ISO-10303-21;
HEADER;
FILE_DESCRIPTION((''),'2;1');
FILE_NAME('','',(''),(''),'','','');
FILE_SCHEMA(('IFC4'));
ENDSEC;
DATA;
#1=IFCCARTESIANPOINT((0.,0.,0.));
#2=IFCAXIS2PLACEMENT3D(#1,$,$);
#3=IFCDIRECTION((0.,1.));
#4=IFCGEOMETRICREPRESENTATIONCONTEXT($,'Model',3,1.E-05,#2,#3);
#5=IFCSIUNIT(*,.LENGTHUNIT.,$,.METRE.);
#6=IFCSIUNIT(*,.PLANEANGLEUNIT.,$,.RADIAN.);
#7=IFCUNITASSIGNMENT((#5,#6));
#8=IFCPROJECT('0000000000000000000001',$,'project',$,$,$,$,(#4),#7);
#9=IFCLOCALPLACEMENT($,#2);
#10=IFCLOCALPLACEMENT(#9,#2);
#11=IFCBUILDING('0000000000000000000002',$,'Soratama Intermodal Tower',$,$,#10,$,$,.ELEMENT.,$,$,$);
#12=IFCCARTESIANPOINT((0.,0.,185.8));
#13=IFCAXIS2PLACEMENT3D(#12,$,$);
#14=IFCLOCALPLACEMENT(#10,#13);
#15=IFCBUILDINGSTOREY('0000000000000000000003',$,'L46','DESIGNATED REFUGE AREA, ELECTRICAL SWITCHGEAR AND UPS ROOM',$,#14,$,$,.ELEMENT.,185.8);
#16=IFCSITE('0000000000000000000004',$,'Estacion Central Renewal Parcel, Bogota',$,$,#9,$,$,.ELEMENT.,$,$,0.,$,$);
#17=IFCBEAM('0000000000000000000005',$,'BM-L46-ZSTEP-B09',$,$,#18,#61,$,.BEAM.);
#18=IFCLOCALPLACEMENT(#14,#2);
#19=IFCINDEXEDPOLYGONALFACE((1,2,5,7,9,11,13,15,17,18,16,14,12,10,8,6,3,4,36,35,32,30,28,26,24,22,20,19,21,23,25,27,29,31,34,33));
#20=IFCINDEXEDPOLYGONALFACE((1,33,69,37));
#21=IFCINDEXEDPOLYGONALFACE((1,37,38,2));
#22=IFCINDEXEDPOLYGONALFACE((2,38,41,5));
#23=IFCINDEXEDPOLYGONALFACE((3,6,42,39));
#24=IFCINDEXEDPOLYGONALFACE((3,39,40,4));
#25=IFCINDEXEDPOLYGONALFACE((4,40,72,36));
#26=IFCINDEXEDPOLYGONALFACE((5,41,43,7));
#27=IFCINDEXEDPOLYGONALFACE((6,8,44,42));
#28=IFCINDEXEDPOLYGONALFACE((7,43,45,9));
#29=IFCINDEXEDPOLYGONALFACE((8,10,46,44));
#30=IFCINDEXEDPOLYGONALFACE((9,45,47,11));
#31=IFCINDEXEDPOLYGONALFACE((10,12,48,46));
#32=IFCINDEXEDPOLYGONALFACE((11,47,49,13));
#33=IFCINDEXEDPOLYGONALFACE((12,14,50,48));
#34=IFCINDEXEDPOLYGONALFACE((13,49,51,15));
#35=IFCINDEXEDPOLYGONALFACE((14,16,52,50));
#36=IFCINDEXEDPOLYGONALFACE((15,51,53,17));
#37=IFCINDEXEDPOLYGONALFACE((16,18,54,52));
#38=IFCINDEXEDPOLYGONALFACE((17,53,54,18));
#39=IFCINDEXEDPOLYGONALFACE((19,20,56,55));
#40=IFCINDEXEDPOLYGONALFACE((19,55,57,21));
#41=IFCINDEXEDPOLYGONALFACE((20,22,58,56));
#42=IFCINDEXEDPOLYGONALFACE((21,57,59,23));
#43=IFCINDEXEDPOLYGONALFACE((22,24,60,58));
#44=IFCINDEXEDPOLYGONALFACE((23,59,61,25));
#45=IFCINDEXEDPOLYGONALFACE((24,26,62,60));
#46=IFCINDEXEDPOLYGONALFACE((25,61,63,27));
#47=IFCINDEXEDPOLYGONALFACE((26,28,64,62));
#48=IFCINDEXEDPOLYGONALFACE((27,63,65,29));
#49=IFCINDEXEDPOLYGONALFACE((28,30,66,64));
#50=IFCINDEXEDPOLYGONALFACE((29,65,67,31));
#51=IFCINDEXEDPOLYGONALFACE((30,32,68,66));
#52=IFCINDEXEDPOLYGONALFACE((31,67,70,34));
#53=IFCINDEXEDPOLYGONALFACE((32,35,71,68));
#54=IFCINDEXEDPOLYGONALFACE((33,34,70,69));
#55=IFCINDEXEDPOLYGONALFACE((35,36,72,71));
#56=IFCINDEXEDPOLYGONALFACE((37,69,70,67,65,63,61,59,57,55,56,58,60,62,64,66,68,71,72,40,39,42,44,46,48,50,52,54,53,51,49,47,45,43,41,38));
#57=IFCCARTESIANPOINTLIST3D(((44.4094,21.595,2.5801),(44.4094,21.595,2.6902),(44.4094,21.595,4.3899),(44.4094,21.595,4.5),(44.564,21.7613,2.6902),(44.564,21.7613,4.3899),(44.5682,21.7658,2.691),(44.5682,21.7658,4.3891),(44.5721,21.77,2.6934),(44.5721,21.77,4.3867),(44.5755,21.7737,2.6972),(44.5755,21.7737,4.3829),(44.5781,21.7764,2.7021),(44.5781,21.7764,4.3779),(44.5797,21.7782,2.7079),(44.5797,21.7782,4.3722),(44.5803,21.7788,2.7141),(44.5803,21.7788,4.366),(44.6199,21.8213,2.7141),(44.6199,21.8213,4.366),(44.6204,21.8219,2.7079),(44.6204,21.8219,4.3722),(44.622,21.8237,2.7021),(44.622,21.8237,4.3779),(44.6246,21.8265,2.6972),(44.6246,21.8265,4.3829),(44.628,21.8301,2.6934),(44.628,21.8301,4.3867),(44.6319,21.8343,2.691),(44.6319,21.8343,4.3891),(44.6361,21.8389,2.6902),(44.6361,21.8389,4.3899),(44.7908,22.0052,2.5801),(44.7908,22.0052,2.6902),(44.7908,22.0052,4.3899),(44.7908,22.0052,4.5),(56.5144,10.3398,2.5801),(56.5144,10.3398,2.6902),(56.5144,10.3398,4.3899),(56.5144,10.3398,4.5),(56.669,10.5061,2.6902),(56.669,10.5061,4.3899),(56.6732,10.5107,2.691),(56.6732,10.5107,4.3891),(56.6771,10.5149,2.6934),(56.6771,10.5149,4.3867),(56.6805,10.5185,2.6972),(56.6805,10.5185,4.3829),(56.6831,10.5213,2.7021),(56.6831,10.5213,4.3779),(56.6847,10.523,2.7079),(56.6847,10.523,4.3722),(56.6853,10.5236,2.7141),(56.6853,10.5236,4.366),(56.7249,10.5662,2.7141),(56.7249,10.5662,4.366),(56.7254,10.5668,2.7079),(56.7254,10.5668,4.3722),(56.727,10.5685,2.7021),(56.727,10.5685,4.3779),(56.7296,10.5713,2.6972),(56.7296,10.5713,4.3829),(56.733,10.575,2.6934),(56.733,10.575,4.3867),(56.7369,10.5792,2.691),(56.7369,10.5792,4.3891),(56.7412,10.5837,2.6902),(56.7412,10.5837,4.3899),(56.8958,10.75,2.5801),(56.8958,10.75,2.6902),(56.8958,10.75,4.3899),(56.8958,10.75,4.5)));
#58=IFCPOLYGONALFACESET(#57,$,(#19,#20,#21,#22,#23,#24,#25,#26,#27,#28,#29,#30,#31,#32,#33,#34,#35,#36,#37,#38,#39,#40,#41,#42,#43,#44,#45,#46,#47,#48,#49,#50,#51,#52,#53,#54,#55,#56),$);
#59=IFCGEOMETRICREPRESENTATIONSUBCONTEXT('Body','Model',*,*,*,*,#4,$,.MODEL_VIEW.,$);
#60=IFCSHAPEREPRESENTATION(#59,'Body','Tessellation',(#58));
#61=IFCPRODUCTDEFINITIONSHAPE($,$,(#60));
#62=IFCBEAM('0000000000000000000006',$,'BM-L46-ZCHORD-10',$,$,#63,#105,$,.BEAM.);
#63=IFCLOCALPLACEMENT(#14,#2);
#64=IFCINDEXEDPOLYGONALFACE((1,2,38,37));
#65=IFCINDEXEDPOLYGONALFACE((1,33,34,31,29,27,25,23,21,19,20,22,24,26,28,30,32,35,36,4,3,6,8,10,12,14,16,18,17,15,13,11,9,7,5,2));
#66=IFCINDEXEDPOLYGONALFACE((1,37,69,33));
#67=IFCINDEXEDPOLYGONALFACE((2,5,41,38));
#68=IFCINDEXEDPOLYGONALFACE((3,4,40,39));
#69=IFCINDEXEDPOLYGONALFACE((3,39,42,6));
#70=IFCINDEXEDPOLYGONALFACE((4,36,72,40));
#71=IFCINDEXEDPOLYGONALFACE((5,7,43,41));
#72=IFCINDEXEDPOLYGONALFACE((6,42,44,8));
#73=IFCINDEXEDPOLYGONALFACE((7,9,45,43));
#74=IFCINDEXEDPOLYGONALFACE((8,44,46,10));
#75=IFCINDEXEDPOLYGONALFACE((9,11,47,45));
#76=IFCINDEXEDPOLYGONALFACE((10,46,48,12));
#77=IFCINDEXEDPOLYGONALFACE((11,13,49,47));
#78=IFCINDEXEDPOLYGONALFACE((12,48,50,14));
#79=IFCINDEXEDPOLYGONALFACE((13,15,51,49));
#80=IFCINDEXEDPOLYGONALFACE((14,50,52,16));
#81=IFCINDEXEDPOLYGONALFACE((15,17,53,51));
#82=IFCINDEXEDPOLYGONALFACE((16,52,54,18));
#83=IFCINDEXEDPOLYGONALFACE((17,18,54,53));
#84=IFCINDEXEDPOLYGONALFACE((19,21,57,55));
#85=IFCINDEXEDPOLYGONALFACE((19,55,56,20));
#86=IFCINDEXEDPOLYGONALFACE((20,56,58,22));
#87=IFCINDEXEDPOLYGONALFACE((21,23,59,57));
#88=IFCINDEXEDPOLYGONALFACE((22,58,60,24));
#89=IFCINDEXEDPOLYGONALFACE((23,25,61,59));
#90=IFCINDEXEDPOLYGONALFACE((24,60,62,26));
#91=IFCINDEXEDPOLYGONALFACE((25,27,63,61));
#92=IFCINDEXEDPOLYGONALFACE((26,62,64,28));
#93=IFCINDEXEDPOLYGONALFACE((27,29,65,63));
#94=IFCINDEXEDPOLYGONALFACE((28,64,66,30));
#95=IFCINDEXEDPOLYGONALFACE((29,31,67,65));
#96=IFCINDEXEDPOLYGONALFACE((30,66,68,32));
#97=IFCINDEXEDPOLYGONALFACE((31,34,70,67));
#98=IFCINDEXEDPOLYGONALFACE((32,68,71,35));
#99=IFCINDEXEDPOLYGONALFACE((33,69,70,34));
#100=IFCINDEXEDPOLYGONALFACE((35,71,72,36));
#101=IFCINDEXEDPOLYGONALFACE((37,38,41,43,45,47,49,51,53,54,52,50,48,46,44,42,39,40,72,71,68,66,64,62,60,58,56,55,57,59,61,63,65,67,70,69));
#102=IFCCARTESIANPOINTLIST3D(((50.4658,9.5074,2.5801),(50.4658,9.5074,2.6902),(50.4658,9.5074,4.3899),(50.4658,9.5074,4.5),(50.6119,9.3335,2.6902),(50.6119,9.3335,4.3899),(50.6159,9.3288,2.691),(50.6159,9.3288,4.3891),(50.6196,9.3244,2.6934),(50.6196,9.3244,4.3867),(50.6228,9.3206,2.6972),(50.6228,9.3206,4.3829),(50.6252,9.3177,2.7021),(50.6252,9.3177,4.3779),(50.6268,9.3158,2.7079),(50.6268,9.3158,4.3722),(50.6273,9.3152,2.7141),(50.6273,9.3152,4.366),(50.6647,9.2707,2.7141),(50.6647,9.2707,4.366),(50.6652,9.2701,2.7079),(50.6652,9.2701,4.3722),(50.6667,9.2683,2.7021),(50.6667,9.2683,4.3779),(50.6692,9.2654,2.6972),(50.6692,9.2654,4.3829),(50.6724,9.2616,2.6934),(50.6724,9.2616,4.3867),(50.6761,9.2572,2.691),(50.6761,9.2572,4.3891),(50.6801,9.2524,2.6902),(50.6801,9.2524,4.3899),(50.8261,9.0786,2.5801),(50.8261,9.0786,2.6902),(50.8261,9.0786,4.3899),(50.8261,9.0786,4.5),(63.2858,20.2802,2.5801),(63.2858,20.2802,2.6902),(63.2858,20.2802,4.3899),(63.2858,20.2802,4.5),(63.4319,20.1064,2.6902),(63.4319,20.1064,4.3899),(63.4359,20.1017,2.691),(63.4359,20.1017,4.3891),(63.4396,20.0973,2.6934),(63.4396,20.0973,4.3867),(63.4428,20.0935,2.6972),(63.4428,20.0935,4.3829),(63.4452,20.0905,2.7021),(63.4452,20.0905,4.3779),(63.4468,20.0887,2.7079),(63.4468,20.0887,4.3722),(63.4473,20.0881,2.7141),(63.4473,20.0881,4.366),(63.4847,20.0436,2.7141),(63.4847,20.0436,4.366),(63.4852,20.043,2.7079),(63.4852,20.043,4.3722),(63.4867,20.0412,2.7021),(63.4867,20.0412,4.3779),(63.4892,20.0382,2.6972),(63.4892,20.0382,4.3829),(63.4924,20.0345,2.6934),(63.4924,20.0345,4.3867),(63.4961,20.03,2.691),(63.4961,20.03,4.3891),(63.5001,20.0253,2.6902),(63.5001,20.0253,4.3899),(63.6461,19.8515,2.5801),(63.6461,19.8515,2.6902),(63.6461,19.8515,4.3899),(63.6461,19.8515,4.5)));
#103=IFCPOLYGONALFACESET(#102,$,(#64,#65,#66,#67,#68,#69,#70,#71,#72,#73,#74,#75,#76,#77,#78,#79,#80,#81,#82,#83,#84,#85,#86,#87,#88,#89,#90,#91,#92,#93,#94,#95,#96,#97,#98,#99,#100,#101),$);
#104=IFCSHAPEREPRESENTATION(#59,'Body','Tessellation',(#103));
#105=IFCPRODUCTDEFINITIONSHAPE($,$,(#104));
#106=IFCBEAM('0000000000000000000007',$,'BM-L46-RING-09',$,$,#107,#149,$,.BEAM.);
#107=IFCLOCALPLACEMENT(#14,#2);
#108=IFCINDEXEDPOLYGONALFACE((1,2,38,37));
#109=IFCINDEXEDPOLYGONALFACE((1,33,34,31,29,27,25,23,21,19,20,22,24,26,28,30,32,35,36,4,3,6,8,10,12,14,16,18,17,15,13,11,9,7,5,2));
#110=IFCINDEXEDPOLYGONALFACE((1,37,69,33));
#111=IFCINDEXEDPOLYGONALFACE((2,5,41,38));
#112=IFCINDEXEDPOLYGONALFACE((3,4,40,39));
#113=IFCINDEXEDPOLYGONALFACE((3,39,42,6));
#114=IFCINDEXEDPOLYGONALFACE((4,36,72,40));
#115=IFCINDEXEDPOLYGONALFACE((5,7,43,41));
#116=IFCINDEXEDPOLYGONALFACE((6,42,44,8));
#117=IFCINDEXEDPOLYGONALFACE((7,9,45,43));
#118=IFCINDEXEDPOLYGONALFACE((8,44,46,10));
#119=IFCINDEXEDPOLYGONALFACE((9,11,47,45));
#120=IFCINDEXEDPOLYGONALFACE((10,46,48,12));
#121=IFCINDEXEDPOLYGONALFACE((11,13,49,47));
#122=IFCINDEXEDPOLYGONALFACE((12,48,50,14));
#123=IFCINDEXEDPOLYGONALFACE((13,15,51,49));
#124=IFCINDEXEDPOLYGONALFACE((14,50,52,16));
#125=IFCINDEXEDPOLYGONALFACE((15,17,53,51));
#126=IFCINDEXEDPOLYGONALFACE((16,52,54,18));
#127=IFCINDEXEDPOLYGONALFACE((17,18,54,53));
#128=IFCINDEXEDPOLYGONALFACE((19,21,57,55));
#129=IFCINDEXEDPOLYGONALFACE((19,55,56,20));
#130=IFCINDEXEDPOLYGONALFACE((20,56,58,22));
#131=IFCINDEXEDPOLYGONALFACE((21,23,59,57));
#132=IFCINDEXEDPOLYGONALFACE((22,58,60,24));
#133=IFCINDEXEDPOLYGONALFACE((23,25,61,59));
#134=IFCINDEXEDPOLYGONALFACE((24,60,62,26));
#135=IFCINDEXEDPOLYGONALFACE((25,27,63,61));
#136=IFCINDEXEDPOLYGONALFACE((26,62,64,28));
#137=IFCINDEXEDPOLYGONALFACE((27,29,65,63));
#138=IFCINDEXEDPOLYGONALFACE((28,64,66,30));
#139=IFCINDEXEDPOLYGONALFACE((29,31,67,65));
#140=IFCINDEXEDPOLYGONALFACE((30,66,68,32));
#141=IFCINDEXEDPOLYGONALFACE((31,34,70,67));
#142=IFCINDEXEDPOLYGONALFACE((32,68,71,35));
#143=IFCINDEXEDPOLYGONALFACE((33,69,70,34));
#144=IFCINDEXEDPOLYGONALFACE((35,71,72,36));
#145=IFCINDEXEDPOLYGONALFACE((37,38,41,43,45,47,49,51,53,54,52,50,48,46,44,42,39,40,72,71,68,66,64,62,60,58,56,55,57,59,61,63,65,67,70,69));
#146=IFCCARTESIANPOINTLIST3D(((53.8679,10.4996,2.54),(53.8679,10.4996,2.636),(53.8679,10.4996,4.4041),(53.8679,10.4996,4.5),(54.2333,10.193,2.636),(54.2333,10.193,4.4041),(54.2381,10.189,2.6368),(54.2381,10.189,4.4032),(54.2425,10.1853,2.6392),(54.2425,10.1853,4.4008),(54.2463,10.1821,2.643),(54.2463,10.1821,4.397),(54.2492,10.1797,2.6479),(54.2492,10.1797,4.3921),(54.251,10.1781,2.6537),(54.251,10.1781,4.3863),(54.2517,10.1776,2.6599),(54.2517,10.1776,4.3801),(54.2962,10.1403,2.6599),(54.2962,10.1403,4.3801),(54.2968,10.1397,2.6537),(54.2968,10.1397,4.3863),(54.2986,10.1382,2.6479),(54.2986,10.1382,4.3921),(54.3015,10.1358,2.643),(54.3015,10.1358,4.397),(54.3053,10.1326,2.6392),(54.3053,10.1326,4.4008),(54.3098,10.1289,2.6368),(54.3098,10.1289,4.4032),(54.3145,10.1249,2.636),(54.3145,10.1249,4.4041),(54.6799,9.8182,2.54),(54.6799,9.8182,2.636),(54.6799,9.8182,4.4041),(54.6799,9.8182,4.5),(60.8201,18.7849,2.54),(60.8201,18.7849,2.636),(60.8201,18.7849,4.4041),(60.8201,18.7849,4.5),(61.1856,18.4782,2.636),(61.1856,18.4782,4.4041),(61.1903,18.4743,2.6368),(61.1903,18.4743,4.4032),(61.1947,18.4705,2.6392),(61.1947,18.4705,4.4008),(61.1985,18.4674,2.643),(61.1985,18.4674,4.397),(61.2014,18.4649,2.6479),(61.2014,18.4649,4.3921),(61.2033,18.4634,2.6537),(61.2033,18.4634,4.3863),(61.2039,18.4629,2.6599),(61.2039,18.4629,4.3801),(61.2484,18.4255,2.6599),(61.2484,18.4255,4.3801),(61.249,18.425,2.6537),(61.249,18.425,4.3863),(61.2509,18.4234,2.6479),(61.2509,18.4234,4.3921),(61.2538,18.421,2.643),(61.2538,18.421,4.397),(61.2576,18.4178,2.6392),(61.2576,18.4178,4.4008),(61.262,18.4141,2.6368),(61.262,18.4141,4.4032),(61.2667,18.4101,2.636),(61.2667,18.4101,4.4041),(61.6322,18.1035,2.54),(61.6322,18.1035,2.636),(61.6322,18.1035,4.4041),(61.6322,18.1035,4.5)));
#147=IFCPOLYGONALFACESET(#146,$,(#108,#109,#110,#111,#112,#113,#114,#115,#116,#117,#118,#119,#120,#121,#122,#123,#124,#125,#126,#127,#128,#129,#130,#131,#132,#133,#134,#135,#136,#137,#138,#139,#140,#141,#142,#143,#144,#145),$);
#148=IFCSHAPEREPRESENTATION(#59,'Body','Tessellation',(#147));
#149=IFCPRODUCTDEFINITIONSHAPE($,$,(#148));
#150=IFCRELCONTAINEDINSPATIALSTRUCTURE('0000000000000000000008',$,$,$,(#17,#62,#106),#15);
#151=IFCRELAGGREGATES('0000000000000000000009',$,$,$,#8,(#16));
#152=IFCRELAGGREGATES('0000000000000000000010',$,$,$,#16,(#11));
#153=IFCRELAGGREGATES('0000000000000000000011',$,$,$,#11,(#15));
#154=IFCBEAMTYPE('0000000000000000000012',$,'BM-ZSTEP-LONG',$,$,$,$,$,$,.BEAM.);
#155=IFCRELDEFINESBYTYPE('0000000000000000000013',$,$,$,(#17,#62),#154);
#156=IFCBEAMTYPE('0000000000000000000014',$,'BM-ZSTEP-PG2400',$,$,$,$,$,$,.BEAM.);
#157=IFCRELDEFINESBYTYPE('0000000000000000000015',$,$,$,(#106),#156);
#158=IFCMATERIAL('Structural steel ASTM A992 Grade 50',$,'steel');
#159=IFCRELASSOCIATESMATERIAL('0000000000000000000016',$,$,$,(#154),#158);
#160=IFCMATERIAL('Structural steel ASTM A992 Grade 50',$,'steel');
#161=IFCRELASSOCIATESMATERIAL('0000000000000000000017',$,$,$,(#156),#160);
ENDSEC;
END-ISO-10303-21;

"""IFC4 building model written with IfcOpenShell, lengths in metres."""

from ifc_helpers import new_model, si_unit, direction, frame, origin, origin_2d, place, context, subcontext, project, spatial, i_section, extrude, material, material_profile, profile_set, type_object, element, save


model = new_model("IFC4")

# Units and contexts
model_context = context("Model", 3, precision=1e-05, world=origin(), true_north=direction((0.0, 1.0)))
body_context = subcontext(model_context, "Body", "Model", "MODEL_VIEW")
ifc_project = project(units=[si_unit("LENGTHUNIT", "METRE"), si_unit("PLANEANGLEUNIT", "RADIAN")], contexts=[model_context])

# Site, building, storey
site_placement = place(None, origin())
site = spatial("IfcSite", under=ifc_project, at=site_placement, Name="Estacion Central Renewal Parcel, Bogota", CompositionType="ELEMENT", RefElevation=0.0)
building_placement = place(site_placement, origin())
building = spatial("IfcBuilding", under=site, at=building_placement, Name="Soratama Intermodal Tower", CompositionType="ELEMENT")
storey_placement = place(building_placement, frame((0.0, 0.0, 185.8)))
storey = spatial("IfcBuildingStorey", under=building, at=storey_placement, Name="L46", Description="DESIGNATED REFUGE AREA, ELECTRICAL SWITCHGEAR AND UPS ROOM", CompositionType="ELEMENT", Elevation=185.8)

# Beams
ifc_material_1 = material(Name="Structural steel ASTM A992 Grade 50", Category="steel")
ifc_material_profile_1 = material_profile(ifc_material_1, i_section(OverallWidth=0.5601, OverallDepth=1.9199, WebThickness=0.0581, FlangeThickness=0.1101, FilletRadius=0.0239, at=origin_2d()), Name="PG2150X720")
ifc_profile_set_1 = profile_set([ifc_material_profile_1], Name="Structural steel ASTM A992 Grade 50")
beam_type_1 = type_object("IfcBeamType", Name="BM-ZSTEP-LONG", PredefinedType="BEAM", material=ifc_profile_set_1)
beam_1_placement = place(storey_placement, frame((56.7051, 10.5449, 3.54), z_axis=(-0.732347, 0.680931, 0.0), x_axis=(-0.680931, -0.732347, 0.0)))
element("IfcBeam", 1, at=beam_1_placement, inside=storey, type_object=beam_type_1, Name="BM-L46-ZSTEP-B09", PredefinedType="BEAM", context=body_context, shape_type="SweptSolid", body=[
    extrude(i_section(OverallWidth=0.5601, OverallDepth=1.9199, WebThickness=0.0581, FlangeThickness=0.1101, FilletRadius=0.0239, at=origin_2d()), origin(), (0.0, 0.0, 1.0), 16.5291),
])
beam_2_placement = place(storey_placement, frame((50.646, 9.293, 3.54), z_axis=(0.765585, 0.643335, 0.0), x_axis=(-0.643335, 0.765585, 0.0)))
element("IfcBeam", 2, at=beam_2_placement, inside=storey, type_object=beam_type_1, Name="BM-L46-ZCHORD-10", PredefinedType="BEAM", context=body_context, shape_type="SweptSolid", body=[
    extrude(i_section(OverallWidth=0.5601, OverallDepth=1.9199, WebThickness=0.0581, FlangeThickness=0.1101, FilletRadius=0.0239, at=origin_2d()), origin(), (0.0, 0.0, 1.0), 16.7454),
])
ifc_material_2 = material(Name="Structural steel ASTM A992 Grade 50", Category="steel")
ifc_material_profile_2 = material_profile(ifc_material_2, i_section(OverallWidth=1.0601, OverallDepth=1.96, WebThickness=0.0581, FlangeThickness=0.0959, FilletRadius=0.0239, at=origin_2d()), Name="PG2400X900")
ifc_profile_set_2 = profile_set([ifc_material_profile_2], Name="Structural steel ASTM A992 Grade 50")
beam_type_2 = type_object("IfcBeamType", Name="BM-ZSTEP-PG2400", PredefinedType="BEAM", material=ifc_profile_set_2)
beam_3_placement = place(storey_placement, frame((54.2739, 10.1589, 3.52), z_axis=(0.642792, 0.766041, 0.0), x_axis=(-0.766041, 0.642792, 0.0)))
element("IfcBeam", 3, at=beam_3_placement, inside=storey, type_object=beam_type_2, Name="BM-L46-RING-09", PredefinedType="BEAM", context=body_context, shape_type="SweptSolid", body=[
    extrude(i_section(OverallWidth=1.0601, OverallDepth=1.96, WebThickness=0.0581, FlangeThickness=0.0959, FilletRadius=0.0239, at=origin_2d()), origin(), (0.0, 0.0, 1.0), 10.8157),
])

save(model, "model.ifc")
